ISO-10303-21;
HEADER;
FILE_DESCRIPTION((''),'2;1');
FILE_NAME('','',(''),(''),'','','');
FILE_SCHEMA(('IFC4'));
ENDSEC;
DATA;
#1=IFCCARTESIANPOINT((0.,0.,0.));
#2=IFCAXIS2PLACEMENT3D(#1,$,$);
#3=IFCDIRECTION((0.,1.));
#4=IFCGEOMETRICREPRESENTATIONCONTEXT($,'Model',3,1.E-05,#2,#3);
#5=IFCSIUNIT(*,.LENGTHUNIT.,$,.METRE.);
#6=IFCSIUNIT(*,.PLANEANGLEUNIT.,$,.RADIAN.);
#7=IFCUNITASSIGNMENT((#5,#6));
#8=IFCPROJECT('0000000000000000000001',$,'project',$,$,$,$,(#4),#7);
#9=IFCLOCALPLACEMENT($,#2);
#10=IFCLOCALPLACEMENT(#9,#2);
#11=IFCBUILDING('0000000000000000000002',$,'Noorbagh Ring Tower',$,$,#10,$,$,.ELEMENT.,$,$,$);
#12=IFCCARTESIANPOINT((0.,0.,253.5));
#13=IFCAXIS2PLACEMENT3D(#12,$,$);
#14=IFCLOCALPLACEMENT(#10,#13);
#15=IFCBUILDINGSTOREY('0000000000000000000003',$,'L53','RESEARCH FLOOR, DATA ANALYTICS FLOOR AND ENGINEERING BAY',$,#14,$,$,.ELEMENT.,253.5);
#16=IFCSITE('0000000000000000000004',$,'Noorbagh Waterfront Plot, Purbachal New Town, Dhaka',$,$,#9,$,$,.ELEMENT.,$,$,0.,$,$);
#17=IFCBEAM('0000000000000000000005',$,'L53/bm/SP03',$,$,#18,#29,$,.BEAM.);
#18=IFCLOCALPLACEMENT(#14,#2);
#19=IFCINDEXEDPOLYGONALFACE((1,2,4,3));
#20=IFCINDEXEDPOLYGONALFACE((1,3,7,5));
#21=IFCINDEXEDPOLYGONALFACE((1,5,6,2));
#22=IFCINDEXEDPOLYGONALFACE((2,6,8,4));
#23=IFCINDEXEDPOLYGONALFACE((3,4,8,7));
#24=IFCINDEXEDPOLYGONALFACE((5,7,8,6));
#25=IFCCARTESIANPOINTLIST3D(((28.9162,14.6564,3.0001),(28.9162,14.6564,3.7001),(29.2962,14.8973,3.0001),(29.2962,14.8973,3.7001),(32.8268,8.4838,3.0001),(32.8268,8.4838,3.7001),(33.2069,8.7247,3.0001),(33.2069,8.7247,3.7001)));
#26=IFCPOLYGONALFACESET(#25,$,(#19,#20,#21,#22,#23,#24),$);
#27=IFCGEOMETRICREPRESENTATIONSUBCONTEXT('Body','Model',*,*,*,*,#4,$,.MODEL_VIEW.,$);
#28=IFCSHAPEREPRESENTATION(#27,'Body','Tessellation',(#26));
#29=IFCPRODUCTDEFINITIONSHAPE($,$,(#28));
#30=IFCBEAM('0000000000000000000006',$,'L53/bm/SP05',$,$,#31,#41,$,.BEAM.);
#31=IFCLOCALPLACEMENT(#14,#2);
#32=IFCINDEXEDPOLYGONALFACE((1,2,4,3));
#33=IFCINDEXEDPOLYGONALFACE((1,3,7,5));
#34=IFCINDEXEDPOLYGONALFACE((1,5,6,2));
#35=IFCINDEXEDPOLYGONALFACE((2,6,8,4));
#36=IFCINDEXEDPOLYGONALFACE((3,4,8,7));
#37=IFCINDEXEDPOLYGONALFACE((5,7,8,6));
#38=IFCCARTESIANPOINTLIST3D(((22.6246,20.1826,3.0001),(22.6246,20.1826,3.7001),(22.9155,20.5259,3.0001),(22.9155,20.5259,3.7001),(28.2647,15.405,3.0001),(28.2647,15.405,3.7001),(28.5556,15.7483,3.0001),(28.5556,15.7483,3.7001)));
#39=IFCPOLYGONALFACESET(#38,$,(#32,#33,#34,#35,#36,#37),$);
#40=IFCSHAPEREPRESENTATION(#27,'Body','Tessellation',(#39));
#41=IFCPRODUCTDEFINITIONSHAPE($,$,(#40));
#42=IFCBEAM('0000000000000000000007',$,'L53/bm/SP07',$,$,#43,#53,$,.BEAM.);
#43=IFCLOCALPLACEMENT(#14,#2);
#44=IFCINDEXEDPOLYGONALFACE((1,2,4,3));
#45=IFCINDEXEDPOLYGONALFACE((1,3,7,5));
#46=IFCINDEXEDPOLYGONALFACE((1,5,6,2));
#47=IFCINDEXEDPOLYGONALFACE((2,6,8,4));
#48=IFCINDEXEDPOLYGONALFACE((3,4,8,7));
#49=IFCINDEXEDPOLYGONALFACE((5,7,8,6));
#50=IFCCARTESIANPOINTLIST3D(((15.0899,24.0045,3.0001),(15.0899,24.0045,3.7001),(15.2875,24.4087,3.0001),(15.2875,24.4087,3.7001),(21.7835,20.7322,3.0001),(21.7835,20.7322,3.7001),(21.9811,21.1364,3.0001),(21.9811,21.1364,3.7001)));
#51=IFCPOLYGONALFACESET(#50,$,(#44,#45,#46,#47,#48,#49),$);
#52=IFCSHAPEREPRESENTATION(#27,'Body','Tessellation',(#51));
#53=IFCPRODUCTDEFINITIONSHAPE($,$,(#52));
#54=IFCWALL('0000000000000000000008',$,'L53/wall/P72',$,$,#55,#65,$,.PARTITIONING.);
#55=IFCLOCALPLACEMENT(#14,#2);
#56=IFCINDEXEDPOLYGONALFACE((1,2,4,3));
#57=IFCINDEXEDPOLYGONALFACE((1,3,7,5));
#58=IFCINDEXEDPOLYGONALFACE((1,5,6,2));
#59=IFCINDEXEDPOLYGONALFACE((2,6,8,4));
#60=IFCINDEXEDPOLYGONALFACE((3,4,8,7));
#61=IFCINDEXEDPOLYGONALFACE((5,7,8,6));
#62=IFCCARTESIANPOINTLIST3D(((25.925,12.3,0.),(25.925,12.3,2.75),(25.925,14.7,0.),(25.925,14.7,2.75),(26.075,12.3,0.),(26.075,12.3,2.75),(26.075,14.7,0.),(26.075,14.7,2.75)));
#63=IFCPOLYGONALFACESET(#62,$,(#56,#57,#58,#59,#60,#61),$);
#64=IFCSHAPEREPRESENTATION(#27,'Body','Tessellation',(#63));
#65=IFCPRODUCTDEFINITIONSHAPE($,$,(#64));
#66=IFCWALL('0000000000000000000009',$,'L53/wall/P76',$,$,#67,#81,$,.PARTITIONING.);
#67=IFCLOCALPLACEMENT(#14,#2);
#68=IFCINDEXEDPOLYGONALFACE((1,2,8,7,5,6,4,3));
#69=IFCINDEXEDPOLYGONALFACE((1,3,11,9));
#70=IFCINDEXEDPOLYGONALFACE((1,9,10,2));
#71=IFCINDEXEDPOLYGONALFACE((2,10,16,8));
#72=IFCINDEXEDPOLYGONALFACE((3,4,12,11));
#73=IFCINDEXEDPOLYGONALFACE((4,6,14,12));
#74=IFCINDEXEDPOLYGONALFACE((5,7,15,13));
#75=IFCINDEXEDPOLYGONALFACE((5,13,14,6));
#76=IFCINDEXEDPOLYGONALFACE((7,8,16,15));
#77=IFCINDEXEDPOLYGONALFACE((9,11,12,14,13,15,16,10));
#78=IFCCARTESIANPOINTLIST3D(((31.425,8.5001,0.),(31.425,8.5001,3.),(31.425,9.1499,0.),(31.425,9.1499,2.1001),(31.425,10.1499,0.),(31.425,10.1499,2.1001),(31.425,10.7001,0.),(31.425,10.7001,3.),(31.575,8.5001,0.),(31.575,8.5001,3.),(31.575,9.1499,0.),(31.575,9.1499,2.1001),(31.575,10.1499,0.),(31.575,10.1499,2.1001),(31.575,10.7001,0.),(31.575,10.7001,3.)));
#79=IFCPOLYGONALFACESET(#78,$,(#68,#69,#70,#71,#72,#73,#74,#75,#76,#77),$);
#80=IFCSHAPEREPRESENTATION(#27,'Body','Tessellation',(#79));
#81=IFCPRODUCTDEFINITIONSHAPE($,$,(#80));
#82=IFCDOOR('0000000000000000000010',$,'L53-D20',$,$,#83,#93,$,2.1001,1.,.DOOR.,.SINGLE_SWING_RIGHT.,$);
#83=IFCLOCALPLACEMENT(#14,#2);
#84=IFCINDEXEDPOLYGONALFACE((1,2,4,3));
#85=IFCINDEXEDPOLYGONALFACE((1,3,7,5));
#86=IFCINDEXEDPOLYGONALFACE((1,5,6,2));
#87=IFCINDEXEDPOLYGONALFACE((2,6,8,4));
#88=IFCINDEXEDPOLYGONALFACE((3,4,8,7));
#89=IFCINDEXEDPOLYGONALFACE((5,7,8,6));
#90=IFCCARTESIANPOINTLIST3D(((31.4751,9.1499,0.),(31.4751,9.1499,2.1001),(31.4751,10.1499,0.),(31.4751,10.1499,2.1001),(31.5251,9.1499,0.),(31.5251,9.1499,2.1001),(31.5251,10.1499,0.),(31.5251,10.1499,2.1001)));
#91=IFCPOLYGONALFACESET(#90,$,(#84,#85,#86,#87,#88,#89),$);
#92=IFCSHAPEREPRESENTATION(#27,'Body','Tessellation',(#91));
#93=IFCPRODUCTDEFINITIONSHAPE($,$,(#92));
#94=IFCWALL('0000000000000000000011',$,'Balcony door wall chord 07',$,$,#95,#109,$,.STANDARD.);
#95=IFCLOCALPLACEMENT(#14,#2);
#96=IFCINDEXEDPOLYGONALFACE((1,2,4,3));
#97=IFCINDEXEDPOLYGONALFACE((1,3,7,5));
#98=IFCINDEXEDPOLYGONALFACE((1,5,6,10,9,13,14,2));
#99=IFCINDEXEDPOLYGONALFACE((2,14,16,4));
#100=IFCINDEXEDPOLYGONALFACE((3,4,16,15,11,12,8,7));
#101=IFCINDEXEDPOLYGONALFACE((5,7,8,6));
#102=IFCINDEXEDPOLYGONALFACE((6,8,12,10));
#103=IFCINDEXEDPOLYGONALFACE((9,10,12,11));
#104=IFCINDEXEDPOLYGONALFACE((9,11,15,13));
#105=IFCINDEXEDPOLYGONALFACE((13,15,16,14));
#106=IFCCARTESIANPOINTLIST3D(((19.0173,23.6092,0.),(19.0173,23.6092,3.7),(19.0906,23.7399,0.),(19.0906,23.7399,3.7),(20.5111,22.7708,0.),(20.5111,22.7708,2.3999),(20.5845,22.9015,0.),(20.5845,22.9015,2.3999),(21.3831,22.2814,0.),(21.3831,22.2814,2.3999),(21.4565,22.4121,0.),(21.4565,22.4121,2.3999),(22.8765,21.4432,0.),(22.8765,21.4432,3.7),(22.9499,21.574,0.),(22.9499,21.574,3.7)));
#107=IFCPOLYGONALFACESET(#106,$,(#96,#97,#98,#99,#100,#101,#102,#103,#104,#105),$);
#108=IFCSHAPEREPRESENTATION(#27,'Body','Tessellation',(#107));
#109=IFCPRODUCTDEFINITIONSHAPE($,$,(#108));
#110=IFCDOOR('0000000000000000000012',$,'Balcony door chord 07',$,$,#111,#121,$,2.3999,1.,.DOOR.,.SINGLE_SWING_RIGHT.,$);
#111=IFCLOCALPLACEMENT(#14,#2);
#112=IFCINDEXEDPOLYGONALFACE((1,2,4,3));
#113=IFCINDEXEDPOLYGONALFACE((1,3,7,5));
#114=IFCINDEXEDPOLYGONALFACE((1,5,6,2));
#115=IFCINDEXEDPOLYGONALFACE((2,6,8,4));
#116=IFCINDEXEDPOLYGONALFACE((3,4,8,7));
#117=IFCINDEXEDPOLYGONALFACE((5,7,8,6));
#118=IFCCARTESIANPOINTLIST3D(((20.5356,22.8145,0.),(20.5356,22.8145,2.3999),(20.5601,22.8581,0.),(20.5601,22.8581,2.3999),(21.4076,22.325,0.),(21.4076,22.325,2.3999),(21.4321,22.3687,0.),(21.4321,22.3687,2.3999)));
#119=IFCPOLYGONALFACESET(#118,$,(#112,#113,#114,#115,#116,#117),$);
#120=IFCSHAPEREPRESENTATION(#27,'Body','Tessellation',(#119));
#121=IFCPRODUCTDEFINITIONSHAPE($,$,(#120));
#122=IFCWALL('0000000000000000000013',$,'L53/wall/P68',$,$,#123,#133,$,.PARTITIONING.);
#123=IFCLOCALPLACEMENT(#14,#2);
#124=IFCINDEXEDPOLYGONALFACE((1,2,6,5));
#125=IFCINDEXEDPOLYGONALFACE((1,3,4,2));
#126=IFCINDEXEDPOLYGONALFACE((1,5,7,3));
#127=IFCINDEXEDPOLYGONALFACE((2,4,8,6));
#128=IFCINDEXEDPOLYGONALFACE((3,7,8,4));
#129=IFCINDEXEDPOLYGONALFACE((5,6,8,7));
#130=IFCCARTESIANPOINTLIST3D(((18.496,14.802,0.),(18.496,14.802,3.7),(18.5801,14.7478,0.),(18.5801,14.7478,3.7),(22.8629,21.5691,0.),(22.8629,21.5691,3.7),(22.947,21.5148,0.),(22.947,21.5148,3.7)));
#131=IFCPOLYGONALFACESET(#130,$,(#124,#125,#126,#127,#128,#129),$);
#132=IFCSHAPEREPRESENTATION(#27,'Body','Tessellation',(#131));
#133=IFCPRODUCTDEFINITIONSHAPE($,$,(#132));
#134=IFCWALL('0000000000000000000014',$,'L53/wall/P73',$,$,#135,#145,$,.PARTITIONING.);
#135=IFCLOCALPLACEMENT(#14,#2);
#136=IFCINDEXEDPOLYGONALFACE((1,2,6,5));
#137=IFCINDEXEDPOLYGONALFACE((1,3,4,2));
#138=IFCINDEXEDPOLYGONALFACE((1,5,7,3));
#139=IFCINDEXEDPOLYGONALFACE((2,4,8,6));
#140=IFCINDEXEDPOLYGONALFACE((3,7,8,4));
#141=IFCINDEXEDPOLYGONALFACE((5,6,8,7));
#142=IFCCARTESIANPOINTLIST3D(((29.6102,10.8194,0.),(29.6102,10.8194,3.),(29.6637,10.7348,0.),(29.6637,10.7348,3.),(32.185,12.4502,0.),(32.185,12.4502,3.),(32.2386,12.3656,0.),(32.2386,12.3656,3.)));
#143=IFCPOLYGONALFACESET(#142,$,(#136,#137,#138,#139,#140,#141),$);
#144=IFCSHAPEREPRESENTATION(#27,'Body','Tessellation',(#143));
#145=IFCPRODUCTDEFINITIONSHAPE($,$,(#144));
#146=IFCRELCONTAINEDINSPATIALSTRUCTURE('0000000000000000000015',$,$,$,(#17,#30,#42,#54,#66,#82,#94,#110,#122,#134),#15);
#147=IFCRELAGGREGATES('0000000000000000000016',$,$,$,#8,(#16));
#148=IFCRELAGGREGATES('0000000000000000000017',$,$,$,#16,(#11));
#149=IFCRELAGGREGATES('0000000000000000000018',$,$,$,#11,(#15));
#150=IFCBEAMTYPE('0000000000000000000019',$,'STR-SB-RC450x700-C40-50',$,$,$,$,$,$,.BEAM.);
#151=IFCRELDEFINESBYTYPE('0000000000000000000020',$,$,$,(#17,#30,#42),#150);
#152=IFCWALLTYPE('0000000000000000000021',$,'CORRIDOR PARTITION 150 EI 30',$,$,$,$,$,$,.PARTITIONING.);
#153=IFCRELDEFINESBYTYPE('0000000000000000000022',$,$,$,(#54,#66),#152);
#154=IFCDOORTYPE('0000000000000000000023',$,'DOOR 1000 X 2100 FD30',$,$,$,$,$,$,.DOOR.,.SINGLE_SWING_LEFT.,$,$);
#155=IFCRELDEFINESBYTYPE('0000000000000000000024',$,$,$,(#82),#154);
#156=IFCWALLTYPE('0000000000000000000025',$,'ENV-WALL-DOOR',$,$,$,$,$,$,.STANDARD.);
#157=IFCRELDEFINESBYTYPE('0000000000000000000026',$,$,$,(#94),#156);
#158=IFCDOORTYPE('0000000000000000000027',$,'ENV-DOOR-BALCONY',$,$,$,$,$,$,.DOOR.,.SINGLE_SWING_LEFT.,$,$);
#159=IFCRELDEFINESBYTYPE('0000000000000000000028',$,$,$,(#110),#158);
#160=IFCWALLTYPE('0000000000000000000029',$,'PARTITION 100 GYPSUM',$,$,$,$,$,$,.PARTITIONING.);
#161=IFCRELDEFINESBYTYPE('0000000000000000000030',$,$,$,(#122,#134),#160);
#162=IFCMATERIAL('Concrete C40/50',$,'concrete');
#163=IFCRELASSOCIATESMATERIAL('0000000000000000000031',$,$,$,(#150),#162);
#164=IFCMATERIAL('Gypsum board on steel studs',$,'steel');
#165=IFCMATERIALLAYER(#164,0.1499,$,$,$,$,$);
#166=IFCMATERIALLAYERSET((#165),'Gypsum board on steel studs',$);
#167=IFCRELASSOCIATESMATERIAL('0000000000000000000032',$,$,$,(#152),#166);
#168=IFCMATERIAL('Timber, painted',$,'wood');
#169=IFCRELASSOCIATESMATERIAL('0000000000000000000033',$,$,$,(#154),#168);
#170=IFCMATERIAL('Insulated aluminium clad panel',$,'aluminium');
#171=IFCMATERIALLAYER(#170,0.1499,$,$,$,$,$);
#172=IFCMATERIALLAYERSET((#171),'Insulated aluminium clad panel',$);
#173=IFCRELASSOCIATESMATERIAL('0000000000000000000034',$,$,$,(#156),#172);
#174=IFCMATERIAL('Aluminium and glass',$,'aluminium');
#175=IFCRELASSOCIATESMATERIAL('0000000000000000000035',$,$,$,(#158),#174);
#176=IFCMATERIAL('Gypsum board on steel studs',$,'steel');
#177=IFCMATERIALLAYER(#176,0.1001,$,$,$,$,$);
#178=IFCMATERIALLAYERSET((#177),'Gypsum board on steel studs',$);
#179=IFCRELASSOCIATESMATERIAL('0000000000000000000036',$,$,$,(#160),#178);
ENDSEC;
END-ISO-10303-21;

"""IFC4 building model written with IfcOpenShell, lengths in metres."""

from ifc_helpers import new_model, si_unit, direction, frame, frame_2d, origin, origin_2d, place, context, subcontext, project, spatial, rectangle, extrude, material, layer, layer_set, material_profile, profile_set, type_object, element, fill, save


model = new_model("IFC4")

# Units and contexts
model_context = context("Model", 3, precision=1e-05, world=origin(), true_north=direction((0.0, 1.0)))
body_context = subcontext(model_context, "Body", "Model", "MODEL_VIEW")
ifc_project = project(units=[si_unit("LENGTHUNIT", "METRE"), si_unit("PLANEANGLEUNIT", "RADIAN")], contexts=[model_context])

# Site, building, storey
site_placement = place(None, origin())
site = spatial("IfcSite", under=ifc_project, at=site_placement, Name="Noorbagh Waterfront Plot, Purbachal New Town, Dhaka", CompositionType="ELEMENT", RefElevation=0.0)
building_placement = place(site_placement, origin())
building = spatial("IfcBuilding", under=site, at=building_placement, Name="Noorbagh Ring Tower", CompositionType="ELEMENT")
storey_placement = place(building_placement, frame((0.0, 0.0, 253.5)))
storey = spatial("IfcBuildingStorey", under=building, at=storey_placement, Name="L53", Description="RESEARCH FLOOR, DATA ANALYTICS FLOOR AND ENGINEERING BAY", CompositionType="ELEMENT", Elevation=253.5)

# Beams
ifc_material_1 = material(Name="Concrete C40/50", Category="concrete")
ifc_material_profile_1 = material_profile(ifc_material_1, rectangle(XDim=0.45, YDim=0.7, at=origin_2d()), Name="RC450x700")
ifc_profile_set_1 = profile_set([ifc_material_profile_1], Name="Concrete C40/50")
beam_type_1 = type_object("IfcBeamType", Name="STR-SB-RC450x700-C40-50", PredefinedType="BEAM", material=ifc_profile_set_1)
beam_1_placement = place(storey_placement, frame((33.0168, 8.6042, 3.3501), z_axis=(-0.535182, 0.844737, 0.0), x_axis=(-0.844737, -0.535182, 0.0)))
element("IfcBeam", 1, at=beam_1_placement, inside=storey, type_object=beam_type_1, Name="L53/bm/SP03", PredefinedType="BEAM", context=body_context, shape_type="SweptSolid", body=[
    extrude(rectangle(XDim=0.45, YDim=0.7, at=origin_2d()), origin(), (0.0, 0.0, 1.0), 7.3071),
])
beam_2_placement = place(storey_placement, frame((28.4102, 15.5767, 3.3501), z_axis=(-0.763042, 0.646349, 0.0), x_axis=(-0.646349, -0.763042, 0.0)))
element("IfcBeam", 2, at=beam_2_placement, inside=storey, type_object=beam_type_1, Name="L53/bm/SP05", PredefinedType="BEAM", context=body_context, shape_type="SweptSolid", body=[
    extrude(rectangle(XDim=0.45, YDim=0.7, at=origin_2d()), origin(), (0.0, 0.0, 1.0), 7.3916),
])
beam_3_placement = place(storey_placement, frame((21.8823, 20.9343, 3.3501), z_axis=(-0.898396, 0.439187, 0.0), x_axis=(-0.439187, -0.898396, 0.0)))
element("IfcBeam", 3, at=beam_3_placement, inside=storey, type_object=beam_type_1, Name="L53/bm/SP07", PredefinedType="BEAM", context=body_context, shape_type="SweptSolid", body=[
    extrude(rectangle(XDim=0.45, YDim=0.7, at=origin_2d()), origin(), (0.0, 0.0, 1.0), 7.4507),
])

# Wall
ifc_material_2 = material(Name="Gypsum board on steel studs", Category="steel")
ifc_layer_1 = layer(ifc_material_2, 0.1499)
ifc_layer_set_1 = layer_set([ifc_layer_1], Name="Gypsum board on steel studs")
wall_type_1 = type_object("IfcWallType", Name="CORRIDOR PARTITION 150 EI 30", PredefinedType="PARTITIONING", material=ifc_layer_set_1)
wall_1_placement = place(storey_placement, frame((26.0, 12.3, 0.0), z_axis=(0.0, 0.0, 1.0), x_axis=(0.0, 1.0, 0.0)))
element("IfcWall", 4, at=wall_1_placement, inside=storey, type_object=wall_type_1, Name="L53/wall/P72", PredefinedType="PARTITIONING", context=body_context, shape_type="SweptSolid", body=[
    extrude(rectangle(XDim=2.3999, YDim=0.1499, at=frame_2d((1.2, 0.0))), origin(), (0.0, 0.0, 1.0), 2.75),
])

# Walls, openings, doors
wall_2_placement = place(storey_placement, frame((31.5, 8.5, 0.0), z_axis=(0.0, 0.0, 1.0), x_axis=(0.0, 1.0, 0.0)))
wall_2 = element("IfcWall", 5, at=wall_2_placement, inside=storey, type_object=wall_type_1, Name="L53/wall/P76", PredefinedType="PARTITIONING", context=body_context, shape_type="SweptSolid", body=[
    extrude(rectangle(XDim=2.2, YDim=0.1499, at=frame_2d((1.1001, 0.0))), origin(), (0.0, 0.0, 1.0), 3.0),
])
opening_1_placement = place(wall_2_placement, frame((0.6499, 0.0, 0.0)))
opening_1 = element("IfcOpeningElement", 6, at=opening_1_placement, cuts=wall_2, PredefinedType="OPENING", context=body_context, shape_type="SweptSolid", body=[
    extrude(rectangle(XDim=1.0, YDim=2.1001, at=frame_2d((0.5, 1.05))), frame((0.0, 0.085, 0.0), z_axis=(0.0, -1.0, 0.0), x_axis=(1.0, 0.0, 0.0)), (0.0, 0.0, 1.0), 0.1699),
])
ifc_material_3 = material(Name="Timber, painted", Category="wood")
door_type_1 = type_object("IfcDoorType", Name="DOOR 1000 X 2100 FD30", OperationType="SINGLE_SWING_LEFT", PredefinedType="DOOR", material=ifc_material_3)
door_1_placement = place(opening_1_placement, origin())
door_1 = element("IfcDoor", 7, at=door_1_placement, inside=storey, type_object=door_type_1, Name="L53-D20", OperationType="SINGLE_SWING_RIGHT", OverallHeight=2.1001, OverallWidth=1.0, PredefinedType="DOOR", context=body_context, shape_type="SweptSolid", body=[
    extrude(rectangle(XDim=1.0, YDim=2.1001, at=frame_2d((0.5, 1.05))), frame((0.0, 0.0249, 0.0), z_axis=(0.0, -1.0, 0.0), x_axis=(1.0, 0.0, 0.0)), (0.0, 0.0, 1.0), 0.05),
])
fill(opening_1, door_1)
ifc_material_4 = material(Name="Insulated aluminium clad panel", Category="aluminium")
ifc_layer_2 = layer(ifc_material_4, 0.1499)
ifc_layer_set_2 = layer_set([ifc_layer_2], Name="Insulated aluminium clad panel")
wall_type_2 = type_object("IfcWallType", Name="ENV-WALL-DOOR", PredefinedType="STANDARD", material=ifc_layer_set_2)
wall_3_placement = place(storey_placement, frame((22.9133, 21.5085, 0.0), z_axis=(0.0, 0.0, 1.0), x_axis=(-0.872047, 0.489423, 0.0)))
wall_3 = element("IfcWall", 8, at=wall_3_placement, inside=storey, type_object=wall_type_2, Name="Balcony door wall chord 07", PredefinedType="STANDARD", context=body_context, shape_type="SweptSolid", body=[
    extrude(rectangle(XDim=4.4255, YDim=0.1499, at=frame_2d((2.2129, 0.0))), origin(), (0.0, 0.0, 1.0), 3.7),
])
opening_2_placement = place(wall_3_placement, frame((1.7126, 0.0, 0.0)))
opening_2 = element("IfcOpeningElement", 9, at=opening_2_placement, cuts=wall_3, PredefinedType="OPENING", context=body_context, shape_type="SweptSolid", body=[
    extrude(rectangle(XDim=1.0, YDim=2.3999, at=frame_2d((0.5, 1.2))), frame((0.0, 0.085, 0.0), z_axis=(0.0, -1.0, 0.0), x_axis=(1.0, 0.0, 0.0)), (0.0, 0.0, 1.0), 0.1699),
])
ifc_material_5 = material(Name="Aluminium and glass", Category="aluminium")
door_type_2 = type_object("IfcDoorType", Name="ENV-DOOR-BALCONY", OperationType="SINGLE_SWING_LEFT", PredefinedType="DOOR", material=ifc_material_5)
door_2_placement = place(opening_2_placement, origin())
door_2 = element("IfcDoor", 10, at=door_2_placement, inside=storey, type_object=door_type_2, Name="Balcony door chord 07", OperationType="SINGLE_SWING_RIGHT", OverallHeight=2.3999, OverallWidth=1.0, PredefinedType="DOOR", context=body_context, shape_type="SweptSolid", body=[
    extrude(rectangle(XDim=1.0, YDim=2.3999, at=frame_2d((0.5, 1.2))), frame((0.0, 0.0249, 0.0), z_axis=(0.0, -1.0, 0.0), x_axis=(1.0, 0.0, 0.0)), (0.0, 0.0, 1.0), 0.05),
])
fill(opening_2, door_2)

# Walls
ifc_material_6 = material(Name="Gypsum board on steel studs", Category="steel")
ifc_layer_3 = layer(ifc_material_6, 0.1001)
ifc_layer_set_3 = layer_set([ifc_layer_3], Name="Gypsum board on steel studs")
wall_type_3 = type_object("IfcWallType", Name="PARTITION 100 GYPSUM", PredefinedType="PARTITIONING", material=ifc_layer_set_3)
wall_4_placement = place(storey_placement, frame((18.5381, 14.7749, 0.0), z_axis=(0.0, 0.0, 1.0), x_axis=(0.542221, 0.840236, 0.0)))
element("IfcWall", 11, at=wall_4_placement, inside=storey, type_object=wall_type_3, Name="L53/wall/P68", PredefinedType="PARTITIONING", context=body_context, shape_type="SweptSolid", body=[
    extrude(rectangle(XDim=8.0537, YDim=0.1001, at=frame_2d((4.0269, 0.0))), origin(), (0.0, 0.0, 1.0), 3.7),
])
wall_5_placement = place(storey_placement, frame((29.637, 10.7771, 0.0), z_axis=(0.0, 0.0, 1.0), x_axis=(0.844811, 0.535065, 0.0)))
element("IfcWall", 12, at=wall_5_placement, inside=storey, type_object=wall_type_3, Name="L53/wall/P73", PredefinedType="PARTITIONING", context=body_context, shape_type="SweptSolid", body=[
    extrude(rectangle(XDim=3.0479, YDim=0.1001, at=frame_2d((1.5239, 0.0))), origin(), (0.0, 0.0, 1.0), 3.0),
])

save(model, "model.ifc")
